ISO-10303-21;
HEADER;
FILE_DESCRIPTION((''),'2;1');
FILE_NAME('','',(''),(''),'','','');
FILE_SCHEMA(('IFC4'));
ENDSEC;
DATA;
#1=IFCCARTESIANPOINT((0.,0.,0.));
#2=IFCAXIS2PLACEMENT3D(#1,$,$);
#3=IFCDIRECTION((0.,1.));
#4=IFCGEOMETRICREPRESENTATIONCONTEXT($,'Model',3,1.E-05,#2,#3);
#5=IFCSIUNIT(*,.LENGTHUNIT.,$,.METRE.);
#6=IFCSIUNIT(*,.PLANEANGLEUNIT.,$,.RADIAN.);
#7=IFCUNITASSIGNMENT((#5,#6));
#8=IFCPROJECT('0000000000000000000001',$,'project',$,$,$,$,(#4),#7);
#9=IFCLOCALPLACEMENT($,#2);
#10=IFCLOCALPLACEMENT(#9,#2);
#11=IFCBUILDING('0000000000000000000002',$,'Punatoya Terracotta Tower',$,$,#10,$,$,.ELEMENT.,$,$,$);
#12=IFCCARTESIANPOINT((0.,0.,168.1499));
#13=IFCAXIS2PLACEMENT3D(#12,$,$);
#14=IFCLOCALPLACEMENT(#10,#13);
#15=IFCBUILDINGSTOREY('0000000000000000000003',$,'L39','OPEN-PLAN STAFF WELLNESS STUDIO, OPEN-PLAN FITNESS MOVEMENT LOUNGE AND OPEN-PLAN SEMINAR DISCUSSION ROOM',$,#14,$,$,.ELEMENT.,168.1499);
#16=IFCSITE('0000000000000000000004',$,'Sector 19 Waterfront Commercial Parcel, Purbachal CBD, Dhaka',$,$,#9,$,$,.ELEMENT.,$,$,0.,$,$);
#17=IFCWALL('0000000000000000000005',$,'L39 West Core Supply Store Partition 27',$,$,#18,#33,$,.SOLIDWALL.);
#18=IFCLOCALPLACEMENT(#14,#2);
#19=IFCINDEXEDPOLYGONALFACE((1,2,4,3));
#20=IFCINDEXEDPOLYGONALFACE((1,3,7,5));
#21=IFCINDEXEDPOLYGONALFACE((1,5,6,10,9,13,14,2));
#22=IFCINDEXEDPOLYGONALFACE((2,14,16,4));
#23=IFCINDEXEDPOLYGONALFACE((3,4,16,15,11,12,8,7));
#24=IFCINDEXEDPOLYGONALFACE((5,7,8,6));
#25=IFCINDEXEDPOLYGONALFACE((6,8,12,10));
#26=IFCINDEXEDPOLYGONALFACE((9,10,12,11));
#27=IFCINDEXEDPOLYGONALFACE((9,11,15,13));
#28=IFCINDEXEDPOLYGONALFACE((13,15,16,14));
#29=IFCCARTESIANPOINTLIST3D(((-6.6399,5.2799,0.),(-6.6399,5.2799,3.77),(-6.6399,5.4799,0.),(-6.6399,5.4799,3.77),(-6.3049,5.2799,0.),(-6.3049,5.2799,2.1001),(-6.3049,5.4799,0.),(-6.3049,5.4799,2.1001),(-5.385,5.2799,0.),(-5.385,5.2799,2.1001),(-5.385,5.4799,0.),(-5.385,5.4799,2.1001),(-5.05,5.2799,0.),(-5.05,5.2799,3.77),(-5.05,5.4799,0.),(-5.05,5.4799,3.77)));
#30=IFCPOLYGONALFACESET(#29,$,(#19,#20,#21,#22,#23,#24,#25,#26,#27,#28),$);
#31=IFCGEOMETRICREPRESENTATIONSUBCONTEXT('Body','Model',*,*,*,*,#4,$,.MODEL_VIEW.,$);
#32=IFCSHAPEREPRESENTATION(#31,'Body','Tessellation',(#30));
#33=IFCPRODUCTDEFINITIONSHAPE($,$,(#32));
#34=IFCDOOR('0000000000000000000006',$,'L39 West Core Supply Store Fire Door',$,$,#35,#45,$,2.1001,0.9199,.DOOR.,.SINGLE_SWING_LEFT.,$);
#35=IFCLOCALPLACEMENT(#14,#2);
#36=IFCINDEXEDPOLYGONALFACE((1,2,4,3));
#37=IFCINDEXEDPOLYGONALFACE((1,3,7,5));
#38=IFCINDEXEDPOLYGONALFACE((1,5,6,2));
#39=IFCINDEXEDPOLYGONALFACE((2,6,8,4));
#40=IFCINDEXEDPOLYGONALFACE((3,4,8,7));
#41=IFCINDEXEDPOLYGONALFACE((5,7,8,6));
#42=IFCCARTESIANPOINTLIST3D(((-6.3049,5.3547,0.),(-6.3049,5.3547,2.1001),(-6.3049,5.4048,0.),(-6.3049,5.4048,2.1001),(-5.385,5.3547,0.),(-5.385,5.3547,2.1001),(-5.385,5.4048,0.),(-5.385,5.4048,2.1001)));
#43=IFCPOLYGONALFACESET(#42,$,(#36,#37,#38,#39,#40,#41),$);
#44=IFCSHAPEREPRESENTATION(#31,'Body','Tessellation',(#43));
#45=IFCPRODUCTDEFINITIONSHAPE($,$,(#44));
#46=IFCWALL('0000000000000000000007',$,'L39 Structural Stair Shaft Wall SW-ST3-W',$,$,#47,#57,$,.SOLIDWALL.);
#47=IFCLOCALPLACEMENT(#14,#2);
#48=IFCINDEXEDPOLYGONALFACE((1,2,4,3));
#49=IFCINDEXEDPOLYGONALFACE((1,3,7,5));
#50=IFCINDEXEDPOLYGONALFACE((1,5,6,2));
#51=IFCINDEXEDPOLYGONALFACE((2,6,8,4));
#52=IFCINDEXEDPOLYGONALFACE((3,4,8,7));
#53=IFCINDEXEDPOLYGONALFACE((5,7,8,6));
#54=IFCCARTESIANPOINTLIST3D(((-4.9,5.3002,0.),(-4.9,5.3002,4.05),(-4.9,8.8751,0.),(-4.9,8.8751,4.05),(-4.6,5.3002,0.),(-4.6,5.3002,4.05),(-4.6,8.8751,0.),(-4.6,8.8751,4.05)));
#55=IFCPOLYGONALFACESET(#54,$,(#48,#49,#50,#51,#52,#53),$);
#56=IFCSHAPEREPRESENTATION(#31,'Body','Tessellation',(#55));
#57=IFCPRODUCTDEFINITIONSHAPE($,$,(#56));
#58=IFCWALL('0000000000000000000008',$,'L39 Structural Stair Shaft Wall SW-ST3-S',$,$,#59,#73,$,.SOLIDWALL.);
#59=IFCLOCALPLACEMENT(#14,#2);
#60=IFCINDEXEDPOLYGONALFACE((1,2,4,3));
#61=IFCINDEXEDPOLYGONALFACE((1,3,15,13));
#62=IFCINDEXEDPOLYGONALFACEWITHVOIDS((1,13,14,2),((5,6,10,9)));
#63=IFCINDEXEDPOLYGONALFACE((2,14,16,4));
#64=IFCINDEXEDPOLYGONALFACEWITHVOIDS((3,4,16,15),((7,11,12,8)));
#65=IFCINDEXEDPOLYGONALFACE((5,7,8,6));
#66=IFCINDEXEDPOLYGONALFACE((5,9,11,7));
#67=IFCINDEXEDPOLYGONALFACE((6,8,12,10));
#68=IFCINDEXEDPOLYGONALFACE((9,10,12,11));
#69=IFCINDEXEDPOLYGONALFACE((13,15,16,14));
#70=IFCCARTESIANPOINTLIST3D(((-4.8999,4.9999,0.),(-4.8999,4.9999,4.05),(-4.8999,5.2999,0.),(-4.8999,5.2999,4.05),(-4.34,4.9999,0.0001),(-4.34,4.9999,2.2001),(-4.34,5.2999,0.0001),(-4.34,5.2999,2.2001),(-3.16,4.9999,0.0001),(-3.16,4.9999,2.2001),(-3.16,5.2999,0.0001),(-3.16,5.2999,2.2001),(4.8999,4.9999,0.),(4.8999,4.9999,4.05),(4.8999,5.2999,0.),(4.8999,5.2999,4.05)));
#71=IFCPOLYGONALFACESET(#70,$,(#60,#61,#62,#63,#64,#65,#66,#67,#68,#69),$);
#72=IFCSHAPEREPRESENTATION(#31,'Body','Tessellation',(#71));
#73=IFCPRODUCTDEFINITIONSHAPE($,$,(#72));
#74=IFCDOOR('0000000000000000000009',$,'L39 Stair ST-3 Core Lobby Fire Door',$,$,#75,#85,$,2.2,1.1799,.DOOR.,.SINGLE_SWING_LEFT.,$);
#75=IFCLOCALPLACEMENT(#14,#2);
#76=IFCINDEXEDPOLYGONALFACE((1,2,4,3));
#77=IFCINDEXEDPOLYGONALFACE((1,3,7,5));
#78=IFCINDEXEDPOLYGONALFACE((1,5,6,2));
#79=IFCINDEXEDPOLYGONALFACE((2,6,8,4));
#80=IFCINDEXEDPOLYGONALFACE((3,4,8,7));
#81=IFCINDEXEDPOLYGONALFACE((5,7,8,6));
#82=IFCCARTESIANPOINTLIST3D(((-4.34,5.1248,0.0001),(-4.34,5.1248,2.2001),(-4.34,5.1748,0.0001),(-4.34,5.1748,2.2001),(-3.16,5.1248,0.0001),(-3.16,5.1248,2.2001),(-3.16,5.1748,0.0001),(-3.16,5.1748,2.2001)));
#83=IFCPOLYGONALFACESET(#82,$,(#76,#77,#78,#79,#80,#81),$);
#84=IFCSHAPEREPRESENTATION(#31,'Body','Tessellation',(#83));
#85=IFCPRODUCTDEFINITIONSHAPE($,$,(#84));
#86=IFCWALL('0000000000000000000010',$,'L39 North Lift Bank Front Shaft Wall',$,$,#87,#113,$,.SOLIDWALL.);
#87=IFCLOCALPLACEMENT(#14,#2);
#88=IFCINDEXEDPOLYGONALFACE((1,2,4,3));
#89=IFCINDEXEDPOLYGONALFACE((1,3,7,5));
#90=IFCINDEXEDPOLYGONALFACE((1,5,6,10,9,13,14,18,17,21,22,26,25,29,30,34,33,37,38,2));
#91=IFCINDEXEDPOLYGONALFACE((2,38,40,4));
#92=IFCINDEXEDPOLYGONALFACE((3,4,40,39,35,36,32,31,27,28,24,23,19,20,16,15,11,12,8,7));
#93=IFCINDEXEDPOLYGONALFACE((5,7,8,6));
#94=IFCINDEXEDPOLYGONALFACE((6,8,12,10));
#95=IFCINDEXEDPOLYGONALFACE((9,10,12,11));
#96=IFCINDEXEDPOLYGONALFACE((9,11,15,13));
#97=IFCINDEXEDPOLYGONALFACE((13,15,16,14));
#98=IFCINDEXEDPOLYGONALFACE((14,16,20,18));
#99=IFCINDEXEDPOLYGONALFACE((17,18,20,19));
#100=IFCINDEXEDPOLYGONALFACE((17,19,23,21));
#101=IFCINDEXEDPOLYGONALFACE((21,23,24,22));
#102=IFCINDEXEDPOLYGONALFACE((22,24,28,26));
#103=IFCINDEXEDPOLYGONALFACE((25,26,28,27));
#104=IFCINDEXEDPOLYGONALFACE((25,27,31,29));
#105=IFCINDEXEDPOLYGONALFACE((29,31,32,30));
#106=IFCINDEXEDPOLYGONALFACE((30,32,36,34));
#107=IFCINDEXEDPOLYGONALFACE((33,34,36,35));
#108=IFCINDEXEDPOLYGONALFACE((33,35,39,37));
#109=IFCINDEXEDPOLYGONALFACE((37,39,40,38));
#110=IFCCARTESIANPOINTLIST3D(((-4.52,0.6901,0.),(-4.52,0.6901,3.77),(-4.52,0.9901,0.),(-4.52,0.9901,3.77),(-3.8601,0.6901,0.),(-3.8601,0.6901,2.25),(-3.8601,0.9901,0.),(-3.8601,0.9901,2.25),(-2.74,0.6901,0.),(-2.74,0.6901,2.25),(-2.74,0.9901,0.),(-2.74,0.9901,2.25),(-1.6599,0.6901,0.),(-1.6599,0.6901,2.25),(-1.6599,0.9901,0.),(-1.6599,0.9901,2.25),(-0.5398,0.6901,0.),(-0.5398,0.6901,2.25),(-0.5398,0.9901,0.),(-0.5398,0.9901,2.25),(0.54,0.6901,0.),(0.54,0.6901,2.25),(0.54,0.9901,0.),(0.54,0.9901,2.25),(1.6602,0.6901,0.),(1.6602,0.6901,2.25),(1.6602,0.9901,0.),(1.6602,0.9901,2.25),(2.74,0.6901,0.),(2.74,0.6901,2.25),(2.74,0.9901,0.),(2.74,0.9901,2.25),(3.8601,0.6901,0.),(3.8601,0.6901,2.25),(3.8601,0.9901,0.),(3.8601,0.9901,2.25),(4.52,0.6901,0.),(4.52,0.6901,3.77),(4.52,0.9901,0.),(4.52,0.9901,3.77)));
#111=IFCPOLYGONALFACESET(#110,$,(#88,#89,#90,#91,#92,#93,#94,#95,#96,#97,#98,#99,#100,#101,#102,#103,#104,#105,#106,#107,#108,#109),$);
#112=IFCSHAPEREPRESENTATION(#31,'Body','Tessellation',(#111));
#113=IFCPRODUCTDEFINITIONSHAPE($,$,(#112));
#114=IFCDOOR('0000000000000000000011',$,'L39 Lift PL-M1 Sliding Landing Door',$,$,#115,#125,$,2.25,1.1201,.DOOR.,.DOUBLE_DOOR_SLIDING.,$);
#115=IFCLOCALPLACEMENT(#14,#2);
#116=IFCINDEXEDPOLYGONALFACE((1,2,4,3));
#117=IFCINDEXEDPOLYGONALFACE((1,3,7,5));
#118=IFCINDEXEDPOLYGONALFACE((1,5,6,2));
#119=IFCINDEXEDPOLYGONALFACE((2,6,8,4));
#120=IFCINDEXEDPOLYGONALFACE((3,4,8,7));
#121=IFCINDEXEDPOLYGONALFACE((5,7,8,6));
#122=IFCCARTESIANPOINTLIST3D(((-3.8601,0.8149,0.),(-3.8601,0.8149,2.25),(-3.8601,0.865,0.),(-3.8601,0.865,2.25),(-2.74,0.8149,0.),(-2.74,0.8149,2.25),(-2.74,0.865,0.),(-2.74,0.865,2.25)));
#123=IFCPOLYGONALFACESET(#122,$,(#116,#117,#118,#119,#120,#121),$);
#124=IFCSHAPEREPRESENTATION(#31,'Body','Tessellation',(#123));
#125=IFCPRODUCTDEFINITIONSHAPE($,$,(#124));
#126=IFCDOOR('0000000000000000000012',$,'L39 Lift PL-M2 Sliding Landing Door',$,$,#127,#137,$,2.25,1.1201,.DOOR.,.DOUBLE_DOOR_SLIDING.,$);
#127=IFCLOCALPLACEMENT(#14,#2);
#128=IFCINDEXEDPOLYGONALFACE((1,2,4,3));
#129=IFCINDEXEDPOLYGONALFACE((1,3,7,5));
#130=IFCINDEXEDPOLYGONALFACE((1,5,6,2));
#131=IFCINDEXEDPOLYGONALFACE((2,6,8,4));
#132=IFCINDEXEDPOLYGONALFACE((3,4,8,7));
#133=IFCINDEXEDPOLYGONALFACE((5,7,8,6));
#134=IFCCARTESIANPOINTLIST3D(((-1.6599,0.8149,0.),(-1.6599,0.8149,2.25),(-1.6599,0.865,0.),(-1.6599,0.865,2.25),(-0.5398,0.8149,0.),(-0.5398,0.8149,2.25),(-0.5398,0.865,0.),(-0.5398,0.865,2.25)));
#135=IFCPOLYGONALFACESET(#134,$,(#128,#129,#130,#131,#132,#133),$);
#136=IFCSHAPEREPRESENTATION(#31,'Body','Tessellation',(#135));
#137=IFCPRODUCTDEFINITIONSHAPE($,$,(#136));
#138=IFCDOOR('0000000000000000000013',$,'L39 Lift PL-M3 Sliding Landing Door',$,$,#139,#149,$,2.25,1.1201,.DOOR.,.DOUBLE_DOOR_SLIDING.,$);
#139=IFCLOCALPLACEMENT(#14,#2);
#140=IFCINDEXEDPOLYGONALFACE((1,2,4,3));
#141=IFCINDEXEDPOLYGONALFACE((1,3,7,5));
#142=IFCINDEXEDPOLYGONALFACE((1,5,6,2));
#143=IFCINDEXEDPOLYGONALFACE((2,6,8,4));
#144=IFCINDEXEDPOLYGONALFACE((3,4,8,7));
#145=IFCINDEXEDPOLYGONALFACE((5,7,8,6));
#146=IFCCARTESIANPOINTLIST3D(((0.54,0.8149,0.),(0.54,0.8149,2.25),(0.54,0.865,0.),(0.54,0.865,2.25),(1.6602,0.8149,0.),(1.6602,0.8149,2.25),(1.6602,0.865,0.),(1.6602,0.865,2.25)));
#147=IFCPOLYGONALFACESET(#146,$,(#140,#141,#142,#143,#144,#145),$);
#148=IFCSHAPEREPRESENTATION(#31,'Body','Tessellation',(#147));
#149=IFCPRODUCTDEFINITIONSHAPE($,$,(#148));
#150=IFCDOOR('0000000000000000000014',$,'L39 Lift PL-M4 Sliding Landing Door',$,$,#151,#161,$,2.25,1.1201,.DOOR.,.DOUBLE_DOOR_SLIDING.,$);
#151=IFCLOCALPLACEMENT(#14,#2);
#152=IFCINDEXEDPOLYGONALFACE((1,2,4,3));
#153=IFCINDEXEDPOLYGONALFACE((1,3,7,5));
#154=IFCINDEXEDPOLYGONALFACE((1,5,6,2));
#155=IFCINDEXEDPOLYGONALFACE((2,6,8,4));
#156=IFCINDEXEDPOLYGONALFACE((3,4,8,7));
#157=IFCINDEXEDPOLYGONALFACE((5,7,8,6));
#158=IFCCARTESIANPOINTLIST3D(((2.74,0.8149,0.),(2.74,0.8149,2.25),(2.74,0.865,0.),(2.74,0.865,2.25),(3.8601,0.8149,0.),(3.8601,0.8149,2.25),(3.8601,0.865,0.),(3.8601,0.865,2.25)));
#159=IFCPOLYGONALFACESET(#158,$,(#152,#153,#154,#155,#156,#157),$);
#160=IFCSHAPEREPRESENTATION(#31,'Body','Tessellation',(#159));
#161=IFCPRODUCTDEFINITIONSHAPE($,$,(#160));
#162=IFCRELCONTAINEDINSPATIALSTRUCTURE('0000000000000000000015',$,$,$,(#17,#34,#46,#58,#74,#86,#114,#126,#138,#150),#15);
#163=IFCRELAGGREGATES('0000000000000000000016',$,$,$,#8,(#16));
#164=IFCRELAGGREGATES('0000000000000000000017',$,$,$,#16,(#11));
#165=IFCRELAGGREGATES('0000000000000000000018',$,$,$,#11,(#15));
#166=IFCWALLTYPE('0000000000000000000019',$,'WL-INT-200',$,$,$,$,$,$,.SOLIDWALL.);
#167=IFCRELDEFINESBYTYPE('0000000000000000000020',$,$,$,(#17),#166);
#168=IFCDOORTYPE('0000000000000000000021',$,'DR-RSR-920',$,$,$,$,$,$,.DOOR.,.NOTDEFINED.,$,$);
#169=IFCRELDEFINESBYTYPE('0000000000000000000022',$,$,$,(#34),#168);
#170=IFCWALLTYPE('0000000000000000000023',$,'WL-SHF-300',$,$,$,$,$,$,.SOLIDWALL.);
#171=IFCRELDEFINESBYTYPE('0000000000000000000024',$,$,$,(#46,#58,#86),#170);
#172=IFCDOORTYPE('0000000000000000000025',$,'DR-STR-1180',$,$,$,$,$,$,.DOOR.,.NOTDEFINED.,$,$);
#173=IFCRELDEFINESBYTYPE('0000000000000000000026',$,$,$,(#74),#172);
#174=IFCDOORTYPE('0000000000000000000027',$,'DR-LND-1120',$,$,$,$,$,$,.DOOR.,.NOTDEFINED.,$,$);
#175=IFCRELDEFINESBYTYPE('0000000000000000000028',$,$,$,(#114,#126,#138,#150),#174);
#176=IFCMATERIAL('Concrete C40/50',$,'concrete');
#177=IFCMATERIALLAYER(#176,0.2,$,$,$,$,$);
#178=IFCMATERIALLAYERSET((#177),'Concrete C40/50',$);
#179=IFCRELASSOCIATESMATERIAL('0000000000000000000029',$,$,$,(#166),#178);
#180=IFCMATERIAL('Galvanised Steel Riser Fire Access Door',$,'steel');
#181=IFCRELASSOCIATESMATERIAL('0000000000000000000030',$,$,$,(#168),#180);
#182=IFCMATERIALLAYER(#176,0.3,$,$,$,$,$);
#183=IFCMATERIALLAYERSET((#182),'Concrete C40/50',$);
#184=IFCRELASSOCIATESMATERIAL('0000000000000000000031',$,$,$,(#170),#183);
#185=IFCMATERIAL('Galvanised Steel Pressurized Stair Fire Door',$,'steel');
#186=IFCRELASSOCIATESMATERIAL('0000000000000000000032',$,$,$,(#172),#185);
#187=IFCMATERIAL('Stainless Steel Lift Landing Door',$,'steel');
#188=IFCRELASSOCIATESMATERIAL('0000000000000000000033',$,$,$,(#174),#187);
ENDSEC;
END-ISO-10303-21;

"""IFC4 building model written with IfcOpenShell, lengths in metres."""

from ifc_helpers import new_model, si_unit, direction, frame, frame_2d, origin, place, context, subcontext, project, spatial, rectangle, extrude, material, layer, layer_set, type_object, element, fill, save


model = new_model("IFC4")

# Units and contexts
model_context = context("Model", 3, precision=1e-05, world=origin(), true_north=direction((0.0, 1.0)))
body_context = subcontext(model_context, "Body", "Model", "MODEL_VIEW")
ifc_project = project(units=[si_unit("LENGTHUNIT", "METRE"), si_unit("PLANEANGLEUNIT", "RADIAN")], contexts=[model_context])

# Site, building, storey
site_placement = place(None, origin())
site = spatial("IfcSite", under=ifc_project, at=site_placement, Name="Sector 19 Waterfront Commercial Parcel, Purbachal CBD, Dhaka", CompositionType="ELEMENT", RefElevation=0.0)
building_placement = place(site_placement, origin())
building = spatial("IfcBuilding", under=site, at=building_placement, Name="Punatoya Terracotta Tower", CompositionType="ELEMENT")
storey_placement = place(building_placement, frame((0.0, 0.0, 168.1499)))
storey = spatial("IfcBuildingStorey", under=building, at=storey_placement, Name="L39", Description="OPEN-PLAN STAFF WELLNESS STUDIO, OPEN-PLAN FITNESS MOVEMENT LOUNGE AND OPEN-PLAN SEMINAR DISCUSSION ROOM", CompositionType="ELEMENT", Elevation=168.1499)

# Shared definitions
ifc_material_1 = material(Name="Concrete C40/50", Category="concrete")

# Shared definitions
ifc_layer_1 = layer(ifc_material_1, 0.2)
ifc_layer_set_1 = layer_set([ifc_layer_1], Name="Concrete C40/50")
wall_type_1 = type_object("IfcWallType", Name="WL-INT-200", PredefinedType="SOLIDWALL", material=ifc_layer_set_1)

# Wall, opening, door
wall_1_placement = place(storey_placement, frame((-6.6399, 5.3799, 0.0), z_axis=(0.0, 0.0, 1.0), x_axis=(1.0, 0.0, 0.0)))
wall_1 = element("IfcWall", 1, at=wall_1_placement, inside=storey, type_object=wall_type_1, Name="L39 West Core Supply Store Partition 27", PredefinedType="SOLIDWALL", context=body_context, shape_type="SweptSolid", body=[
    extrude(rectangle(XDim=1.5898, YDim=0.2, at=frame_2d((0.7949, 0.0))), origin(), (0.0, 0.0, 1.0), 3.77),
])
opening_1_placement = place(wall_1_placement, frame((0.335, 0.0, 0.0)))
opening_1 = element("IfcOpeningElement", 2, at=opening_1_placement, cuts=wall_1, PredefinedType="OPENING", context=body_context, shape_type="SweptSolid", body=[
    extrude(rectangle(XDim=0.9199, YDim=2.1001, at=frame_2d((0.46, 1.05))), frame((0.0, 0.1099, 0.0), z_axis=(0.0, -1.0, 0.0), x_axis=(1.0, 0.0, 0.0)), (0.0, 0.0, 1.0), 0.22),
])
ifc_material_2 = material(Name="Galvanised Steel Riser Fire Access Door", Category="steel")
door_type_1 = type_object("IfcDoorType", Name="DR-RSR-920", OperationType="NOTDEFINED", PredefinedType="DOOR", material=ifc_material_2)
door_1_placement = place(opening_1_placement, origin())
door_1 = element("IfcDoor", 3, at=door_1_placement, inside=storey, type_object=door_type_1, Name="L39 West Core Supply Store Fire Door", OperationType="SINGLE_SWING_LEFT", OverallHeight=2.1001, OverallWidth=0.9199, PredefinedType="DOOR", context=body_context, shape_type="SweptSolid", body=[
    extrude(rectangle(XDim=0.9199, YDim=2.1001, at=frame_2d((0.46, 1.05))), frame((0.0, 0.0249, 0.0), z_axis=(0.0, -1.0, 0.0), x_axis=(1.0, 0.0, 0.0)), (0.0, 0.0, 1.0), 0.05),
])
fill(opening_1, door_1)

# Wall
ifc_layer_2 = layer(ifc_material_1, 0.3)
ifc_layer_set_2 = layer_set([ifc_layer_2], Name="Concrete C40/50")
wall_type_2 = type_object("IfcWallType", Name="WL-SHF-300", PredefinedType="SOLIDWALL", material=ifc_layer_set_2)
wall_2_placement = place(storey_placement, frame((-4.75, 5.3, 0.0), z_axis=(0.0, 0.0, 1.0), x_axis=(0.0, 1.0, 0.0)))
element("IfcWall", 4, at=wall_2_placement, inside=storey, type_object=wall_type_2, Name="L39 Structural Stair Shaft Wall SW-ST3-W", PredefinedType="SOLIDWALL", context=body_context, shape_type="SweptSolid", body=[
    extrude(rectangle(XDim=3.575, YDim=0.3, at=frame_2d((1.7876, 0.0))), origin(), (0.0, 0.0, 1.0), 4.05),
])

# Wall, opening, door
wall_3_placement = place(storey_placement, frame((-4.8999, 5.1499, 0.0), z_axis=(0.0, 0.0, 1.0), x_axis=(1.0, 0.0, 0.0)))
wall_3 = element("IfcWall", 5, at=wall_3_placement, inside=storey, type_object=wall_type_2, Name="L39 Structural Stair Shaft Wall SW-ST3-S", PredefinedType="SOLIDWALL", context=body_context, shape_type="SweptSolid", body=[
    extrude(rectangle(XDim=9.7998, YDim=0.3, at=frame_2d((4.8999, 0.0))), origin(), (0.0, 0.0, 1.0), 4.05),
])
opening_2_placement = place(wall_3_placement, frame((0.5601, 0.0, 0.0)))
opening_2 = element("IfcOpeningElement", 6, at=opening_2_placement, cuts=wall_3, PredefinedType="OPENING", context=body_context, shape_type="SweptSolid", body=[
    extrude(rectangle(XDim=1.1799, YDim=2.2, at=frame_2d((0.5898, 1.1001))), frame((0.0, 0.1599, 0.0), z_axis=(0.0, -1.0, 0.0), x_axis=(1.0, 0.0, 0.0)), (0.0, 0.0, 1.0), 0.3201),
])
ifc_material_3 = material(Name="Galvanised Steel Pressurized Stair Fire Door", Category="steel")
door_type_2 = type_object("IfcDoorType", Name="DR-STR-1180", OperationType="NOTDEFINED", PredefinedType="DOOR", material=ifc_material_3)
door_2_placement = place(opening_2_placement, origin())
door_2 = element("IfcDoor", 7, at=door_2_placement, inside=storey, type_object=door_type_2, Name="L39 Stair ST-3 Core Lobby Fire Door", OperationType="SINGLE_SWING_LEFT", OverallHeight=2.2, OverallWidth=1.1799, PredefinedType="DOOR", context=body_context, shape_type="SweptSolid", body=[
    extrude(rectangle(XDim=1.1799, YDim=2.2, at=frame_2d((0.5898, 1.1001))), frame((0.0, 0.0249, 0.0), z_axis=(0.0, -1.0, 0.0), x_axis=(1.0, 0.0, 0.0)), (0.0, 0.0, 1.0), 0.05),
])
fill(opening_2, door_2)

# Wall, openings, doors
wall_4_placement = place(storey_placement, frame((-4.52, 0.8401, 0.0), z_axis=(0.0, 0.0, 1.0), x_axis=(1.0, 0.0, 0.0)))
wall_4 = element("IfcWall", 8, at=wall_4_placement, inside=storey, type_object=wall_type_2, Name="L39 North Lift Bank Front Shaft Wall", PredefinedType="SOLIDWALL", context=body_context, shape_type="SweptSolid", body=[
    extrude(rectangle(XDim=9.04, YDim=0.3, at=frame_2d((4.52, 0.0))), origin(), (0.0, 0.0, 1.0), 3.77),
])
opening_3_placement = place(wall_4_placement, frame((0.6599, 0.0, 0.0)))
opening_3 = element("IfcOpeningElement", 9, at=opening_3_placement, cuts=wall_4, PredefinedType="OPENING", context=body_context, shape_type="SweptSolid", body=[
    extrude(rectangle(XDim=1.1201, YDim=2.25, at=frame_2d((0.5601, 1.125))), frame((0.0, 0.1599, 0.0), z_axis=(0.0, -1.0, 0.0), x_axis=(1.0, 0.0, 0.0)), (0.0, 0.0, 1.0), 0.3201),
])
opening_4_placement = place(wall_4_placement, frame((2.8601, 0.0, 0.0)))
opening_4 = element("IfcOpeningElement", 10, at=opening_4_placement, cuts=wall_4, PredefinedType="OPENING", context=body_context, shape_type="SweptSolid", body=[
    extrude(rectangle(XDim=1.1201, YDim=2.25, at=frame_2d((0.5601, 1.125))), frame((0.0, 0.1599, 0.0), z_axis=(0.0, -1.0, 0.0), x_axis=(1.0, 0.0, 0.0)), (0.0, 0.0, 1.0), 0.3201),
])
opening_5_placement = place(wall_4_placement, frame((5.0601, 0.0, 0.0)))
opening_5 = element("IfcOpeningElement", 11, at=opening_5_placement, cuts=wall_4, PredefinedType="OPENING", context=body_context, shape_type="SweptSolid", body=[
    extrude(rectangle(XDim=1.1201, YDim=2.25, at=frame_2d((0.5601, 1.125))), frame((0.0, 0.1599, 0.0), z_axis=(0.0, -1.0, 0.0), x_axis=(1.0, 0.0, 0.0)), (0.0, 0.0, 1.0), 0.3201),
])
opening_6_placement = place(wall_4_placement, frame((7.26, 0.0, 0.0)))
opening_6 = element("IfcOpeningElement", 12, at=opening_6_placement, cuts=wall_4, PredefinedType="OPENING", context=body_context, shape_type="SweptSolid", body=[
    extrude(rectangle(XDim=1.1201, YDim=2.25, at=frame_2d((0.5601, 1.125))), frame((0.0, 0.1599, 0.0), z_axis=(0.0, -1.0, 0.0), x_axis=(1.0, 0.0, 0.0)), (0.0, 0.0, 1.0), 0.3201),
])
ifc_material_4 = material(Name="Stainless Steel Lift Landing Door", Category="steel")
door_type_3 = type_object("IfcDoorType", Name="DR-LND-1120", OperationType="NOTDEFINED", PredefinedType="DOOR", material=ifc_material_4)
door_3_placement = place(opening_3_placement, origin())
door_3 = element("IfcDoor", 13, at=door_3_placement, inside=storey, type_object=door_type_3, Name="L39 Lift PL-M1 Sliding Landing Door", OperationType="DOUBLE_DOOR_SLIDING", OverallHeight=2.25, OverallWidth=1.1201, PredefinedType="DOOR", context=body_context, shape_type="SweptSolid", body=[
    extrude(rectangle(XDim=1.1201, YDim=2.25, at=frame_2d((0.5601, 1.125))), frame((0.0, 0.0249, 0.0), z_axis=(0.0, -1.0, 0.0), x_axis=(1.0, 0.0, 0.0)), (0.0, 0.0, 1.0), 0.05),
])
fill(opening_3, door_3)
door_4_placement = place(opening_4_placement, origin())
door_4 = element("IfcDoor", 14, at=door_4_placement, inside=storey, type_object=door_type_3, Name="L39 Lift PL-M2 Sliding Landing Door", OperationType="DOUBLE_DOOR_SLIDING", OverallHeight=2.25, OverallWidth=1.1201, PredefinedType="DOOR", context=body_context, shape_type="SweptSolid", body=[
    extrude(rectangle(XDim=1.1201, YDim=2.25, at=frame_2d((0.5601, 1.125))), frame((0.0, 0.0249, 0.0), z_axis=(0.0, -1.0, 0.0), x_axis=(1.0, 0.0, 0.0)), (0.0, 0.0, 1.0), 0.05),
])
fill(opening_4, door_4)
door_5_placement = place(opening_5_placement, origin())
door_5 = element("IfcDoor", 15, at=door_5_placement, inside=storey, type_object=door_type_3, Name="L39 Lift PL-M3 Sliding Landing Door", OperationType="DOUBLE_DOOR_SLIDING", OverallHeight=2.25, OverallWidth=1.1201, PredefinedType="DOOR", context=body_context, shape_type="SweptSolid", body=[
    extrude(rectangle(XDim=1.1201, YDim=2.25, at=frame_2d((0.5601, 1.125))), frame((0.0, 0.0249, 0.0), z_axis=(0.0, -1.0, 0.0), x_axis=(1.0, 0.0, 0.0)), (0.0, 0.0, 1.0), 0.05),
])
fill(opening_5, door_5)
door_6_placement = place(opening_6_placement, origin())
door_6 = element("IfcDoor", 16, at=door_6_placement, inside=storey, type_object=door_type_3, Name="L39 Lift PL-M4 Sliding Landing Door", OperationType="DOUBLE_DOOR_SLIDING", OverallHeight=2.25, OverallWidth=1.1201, PredefinedType="DOOR", context=body_context, shape_type="SweptSolid", body=[
    extrude(rectangle(XDim=1.1201, YDim=2.25, at=frame_2d((0.5601, 1.125))), frame((0.0, 0.0249, 0.0), z_axis=(0.0, -1.0, 0.0), x_axis=(1.0, 0.0, 0.0)), (0.0, 0.0, 1.0), 0.05),
])
fill(opening_6, door_6)

save(model, "model.ifc")
